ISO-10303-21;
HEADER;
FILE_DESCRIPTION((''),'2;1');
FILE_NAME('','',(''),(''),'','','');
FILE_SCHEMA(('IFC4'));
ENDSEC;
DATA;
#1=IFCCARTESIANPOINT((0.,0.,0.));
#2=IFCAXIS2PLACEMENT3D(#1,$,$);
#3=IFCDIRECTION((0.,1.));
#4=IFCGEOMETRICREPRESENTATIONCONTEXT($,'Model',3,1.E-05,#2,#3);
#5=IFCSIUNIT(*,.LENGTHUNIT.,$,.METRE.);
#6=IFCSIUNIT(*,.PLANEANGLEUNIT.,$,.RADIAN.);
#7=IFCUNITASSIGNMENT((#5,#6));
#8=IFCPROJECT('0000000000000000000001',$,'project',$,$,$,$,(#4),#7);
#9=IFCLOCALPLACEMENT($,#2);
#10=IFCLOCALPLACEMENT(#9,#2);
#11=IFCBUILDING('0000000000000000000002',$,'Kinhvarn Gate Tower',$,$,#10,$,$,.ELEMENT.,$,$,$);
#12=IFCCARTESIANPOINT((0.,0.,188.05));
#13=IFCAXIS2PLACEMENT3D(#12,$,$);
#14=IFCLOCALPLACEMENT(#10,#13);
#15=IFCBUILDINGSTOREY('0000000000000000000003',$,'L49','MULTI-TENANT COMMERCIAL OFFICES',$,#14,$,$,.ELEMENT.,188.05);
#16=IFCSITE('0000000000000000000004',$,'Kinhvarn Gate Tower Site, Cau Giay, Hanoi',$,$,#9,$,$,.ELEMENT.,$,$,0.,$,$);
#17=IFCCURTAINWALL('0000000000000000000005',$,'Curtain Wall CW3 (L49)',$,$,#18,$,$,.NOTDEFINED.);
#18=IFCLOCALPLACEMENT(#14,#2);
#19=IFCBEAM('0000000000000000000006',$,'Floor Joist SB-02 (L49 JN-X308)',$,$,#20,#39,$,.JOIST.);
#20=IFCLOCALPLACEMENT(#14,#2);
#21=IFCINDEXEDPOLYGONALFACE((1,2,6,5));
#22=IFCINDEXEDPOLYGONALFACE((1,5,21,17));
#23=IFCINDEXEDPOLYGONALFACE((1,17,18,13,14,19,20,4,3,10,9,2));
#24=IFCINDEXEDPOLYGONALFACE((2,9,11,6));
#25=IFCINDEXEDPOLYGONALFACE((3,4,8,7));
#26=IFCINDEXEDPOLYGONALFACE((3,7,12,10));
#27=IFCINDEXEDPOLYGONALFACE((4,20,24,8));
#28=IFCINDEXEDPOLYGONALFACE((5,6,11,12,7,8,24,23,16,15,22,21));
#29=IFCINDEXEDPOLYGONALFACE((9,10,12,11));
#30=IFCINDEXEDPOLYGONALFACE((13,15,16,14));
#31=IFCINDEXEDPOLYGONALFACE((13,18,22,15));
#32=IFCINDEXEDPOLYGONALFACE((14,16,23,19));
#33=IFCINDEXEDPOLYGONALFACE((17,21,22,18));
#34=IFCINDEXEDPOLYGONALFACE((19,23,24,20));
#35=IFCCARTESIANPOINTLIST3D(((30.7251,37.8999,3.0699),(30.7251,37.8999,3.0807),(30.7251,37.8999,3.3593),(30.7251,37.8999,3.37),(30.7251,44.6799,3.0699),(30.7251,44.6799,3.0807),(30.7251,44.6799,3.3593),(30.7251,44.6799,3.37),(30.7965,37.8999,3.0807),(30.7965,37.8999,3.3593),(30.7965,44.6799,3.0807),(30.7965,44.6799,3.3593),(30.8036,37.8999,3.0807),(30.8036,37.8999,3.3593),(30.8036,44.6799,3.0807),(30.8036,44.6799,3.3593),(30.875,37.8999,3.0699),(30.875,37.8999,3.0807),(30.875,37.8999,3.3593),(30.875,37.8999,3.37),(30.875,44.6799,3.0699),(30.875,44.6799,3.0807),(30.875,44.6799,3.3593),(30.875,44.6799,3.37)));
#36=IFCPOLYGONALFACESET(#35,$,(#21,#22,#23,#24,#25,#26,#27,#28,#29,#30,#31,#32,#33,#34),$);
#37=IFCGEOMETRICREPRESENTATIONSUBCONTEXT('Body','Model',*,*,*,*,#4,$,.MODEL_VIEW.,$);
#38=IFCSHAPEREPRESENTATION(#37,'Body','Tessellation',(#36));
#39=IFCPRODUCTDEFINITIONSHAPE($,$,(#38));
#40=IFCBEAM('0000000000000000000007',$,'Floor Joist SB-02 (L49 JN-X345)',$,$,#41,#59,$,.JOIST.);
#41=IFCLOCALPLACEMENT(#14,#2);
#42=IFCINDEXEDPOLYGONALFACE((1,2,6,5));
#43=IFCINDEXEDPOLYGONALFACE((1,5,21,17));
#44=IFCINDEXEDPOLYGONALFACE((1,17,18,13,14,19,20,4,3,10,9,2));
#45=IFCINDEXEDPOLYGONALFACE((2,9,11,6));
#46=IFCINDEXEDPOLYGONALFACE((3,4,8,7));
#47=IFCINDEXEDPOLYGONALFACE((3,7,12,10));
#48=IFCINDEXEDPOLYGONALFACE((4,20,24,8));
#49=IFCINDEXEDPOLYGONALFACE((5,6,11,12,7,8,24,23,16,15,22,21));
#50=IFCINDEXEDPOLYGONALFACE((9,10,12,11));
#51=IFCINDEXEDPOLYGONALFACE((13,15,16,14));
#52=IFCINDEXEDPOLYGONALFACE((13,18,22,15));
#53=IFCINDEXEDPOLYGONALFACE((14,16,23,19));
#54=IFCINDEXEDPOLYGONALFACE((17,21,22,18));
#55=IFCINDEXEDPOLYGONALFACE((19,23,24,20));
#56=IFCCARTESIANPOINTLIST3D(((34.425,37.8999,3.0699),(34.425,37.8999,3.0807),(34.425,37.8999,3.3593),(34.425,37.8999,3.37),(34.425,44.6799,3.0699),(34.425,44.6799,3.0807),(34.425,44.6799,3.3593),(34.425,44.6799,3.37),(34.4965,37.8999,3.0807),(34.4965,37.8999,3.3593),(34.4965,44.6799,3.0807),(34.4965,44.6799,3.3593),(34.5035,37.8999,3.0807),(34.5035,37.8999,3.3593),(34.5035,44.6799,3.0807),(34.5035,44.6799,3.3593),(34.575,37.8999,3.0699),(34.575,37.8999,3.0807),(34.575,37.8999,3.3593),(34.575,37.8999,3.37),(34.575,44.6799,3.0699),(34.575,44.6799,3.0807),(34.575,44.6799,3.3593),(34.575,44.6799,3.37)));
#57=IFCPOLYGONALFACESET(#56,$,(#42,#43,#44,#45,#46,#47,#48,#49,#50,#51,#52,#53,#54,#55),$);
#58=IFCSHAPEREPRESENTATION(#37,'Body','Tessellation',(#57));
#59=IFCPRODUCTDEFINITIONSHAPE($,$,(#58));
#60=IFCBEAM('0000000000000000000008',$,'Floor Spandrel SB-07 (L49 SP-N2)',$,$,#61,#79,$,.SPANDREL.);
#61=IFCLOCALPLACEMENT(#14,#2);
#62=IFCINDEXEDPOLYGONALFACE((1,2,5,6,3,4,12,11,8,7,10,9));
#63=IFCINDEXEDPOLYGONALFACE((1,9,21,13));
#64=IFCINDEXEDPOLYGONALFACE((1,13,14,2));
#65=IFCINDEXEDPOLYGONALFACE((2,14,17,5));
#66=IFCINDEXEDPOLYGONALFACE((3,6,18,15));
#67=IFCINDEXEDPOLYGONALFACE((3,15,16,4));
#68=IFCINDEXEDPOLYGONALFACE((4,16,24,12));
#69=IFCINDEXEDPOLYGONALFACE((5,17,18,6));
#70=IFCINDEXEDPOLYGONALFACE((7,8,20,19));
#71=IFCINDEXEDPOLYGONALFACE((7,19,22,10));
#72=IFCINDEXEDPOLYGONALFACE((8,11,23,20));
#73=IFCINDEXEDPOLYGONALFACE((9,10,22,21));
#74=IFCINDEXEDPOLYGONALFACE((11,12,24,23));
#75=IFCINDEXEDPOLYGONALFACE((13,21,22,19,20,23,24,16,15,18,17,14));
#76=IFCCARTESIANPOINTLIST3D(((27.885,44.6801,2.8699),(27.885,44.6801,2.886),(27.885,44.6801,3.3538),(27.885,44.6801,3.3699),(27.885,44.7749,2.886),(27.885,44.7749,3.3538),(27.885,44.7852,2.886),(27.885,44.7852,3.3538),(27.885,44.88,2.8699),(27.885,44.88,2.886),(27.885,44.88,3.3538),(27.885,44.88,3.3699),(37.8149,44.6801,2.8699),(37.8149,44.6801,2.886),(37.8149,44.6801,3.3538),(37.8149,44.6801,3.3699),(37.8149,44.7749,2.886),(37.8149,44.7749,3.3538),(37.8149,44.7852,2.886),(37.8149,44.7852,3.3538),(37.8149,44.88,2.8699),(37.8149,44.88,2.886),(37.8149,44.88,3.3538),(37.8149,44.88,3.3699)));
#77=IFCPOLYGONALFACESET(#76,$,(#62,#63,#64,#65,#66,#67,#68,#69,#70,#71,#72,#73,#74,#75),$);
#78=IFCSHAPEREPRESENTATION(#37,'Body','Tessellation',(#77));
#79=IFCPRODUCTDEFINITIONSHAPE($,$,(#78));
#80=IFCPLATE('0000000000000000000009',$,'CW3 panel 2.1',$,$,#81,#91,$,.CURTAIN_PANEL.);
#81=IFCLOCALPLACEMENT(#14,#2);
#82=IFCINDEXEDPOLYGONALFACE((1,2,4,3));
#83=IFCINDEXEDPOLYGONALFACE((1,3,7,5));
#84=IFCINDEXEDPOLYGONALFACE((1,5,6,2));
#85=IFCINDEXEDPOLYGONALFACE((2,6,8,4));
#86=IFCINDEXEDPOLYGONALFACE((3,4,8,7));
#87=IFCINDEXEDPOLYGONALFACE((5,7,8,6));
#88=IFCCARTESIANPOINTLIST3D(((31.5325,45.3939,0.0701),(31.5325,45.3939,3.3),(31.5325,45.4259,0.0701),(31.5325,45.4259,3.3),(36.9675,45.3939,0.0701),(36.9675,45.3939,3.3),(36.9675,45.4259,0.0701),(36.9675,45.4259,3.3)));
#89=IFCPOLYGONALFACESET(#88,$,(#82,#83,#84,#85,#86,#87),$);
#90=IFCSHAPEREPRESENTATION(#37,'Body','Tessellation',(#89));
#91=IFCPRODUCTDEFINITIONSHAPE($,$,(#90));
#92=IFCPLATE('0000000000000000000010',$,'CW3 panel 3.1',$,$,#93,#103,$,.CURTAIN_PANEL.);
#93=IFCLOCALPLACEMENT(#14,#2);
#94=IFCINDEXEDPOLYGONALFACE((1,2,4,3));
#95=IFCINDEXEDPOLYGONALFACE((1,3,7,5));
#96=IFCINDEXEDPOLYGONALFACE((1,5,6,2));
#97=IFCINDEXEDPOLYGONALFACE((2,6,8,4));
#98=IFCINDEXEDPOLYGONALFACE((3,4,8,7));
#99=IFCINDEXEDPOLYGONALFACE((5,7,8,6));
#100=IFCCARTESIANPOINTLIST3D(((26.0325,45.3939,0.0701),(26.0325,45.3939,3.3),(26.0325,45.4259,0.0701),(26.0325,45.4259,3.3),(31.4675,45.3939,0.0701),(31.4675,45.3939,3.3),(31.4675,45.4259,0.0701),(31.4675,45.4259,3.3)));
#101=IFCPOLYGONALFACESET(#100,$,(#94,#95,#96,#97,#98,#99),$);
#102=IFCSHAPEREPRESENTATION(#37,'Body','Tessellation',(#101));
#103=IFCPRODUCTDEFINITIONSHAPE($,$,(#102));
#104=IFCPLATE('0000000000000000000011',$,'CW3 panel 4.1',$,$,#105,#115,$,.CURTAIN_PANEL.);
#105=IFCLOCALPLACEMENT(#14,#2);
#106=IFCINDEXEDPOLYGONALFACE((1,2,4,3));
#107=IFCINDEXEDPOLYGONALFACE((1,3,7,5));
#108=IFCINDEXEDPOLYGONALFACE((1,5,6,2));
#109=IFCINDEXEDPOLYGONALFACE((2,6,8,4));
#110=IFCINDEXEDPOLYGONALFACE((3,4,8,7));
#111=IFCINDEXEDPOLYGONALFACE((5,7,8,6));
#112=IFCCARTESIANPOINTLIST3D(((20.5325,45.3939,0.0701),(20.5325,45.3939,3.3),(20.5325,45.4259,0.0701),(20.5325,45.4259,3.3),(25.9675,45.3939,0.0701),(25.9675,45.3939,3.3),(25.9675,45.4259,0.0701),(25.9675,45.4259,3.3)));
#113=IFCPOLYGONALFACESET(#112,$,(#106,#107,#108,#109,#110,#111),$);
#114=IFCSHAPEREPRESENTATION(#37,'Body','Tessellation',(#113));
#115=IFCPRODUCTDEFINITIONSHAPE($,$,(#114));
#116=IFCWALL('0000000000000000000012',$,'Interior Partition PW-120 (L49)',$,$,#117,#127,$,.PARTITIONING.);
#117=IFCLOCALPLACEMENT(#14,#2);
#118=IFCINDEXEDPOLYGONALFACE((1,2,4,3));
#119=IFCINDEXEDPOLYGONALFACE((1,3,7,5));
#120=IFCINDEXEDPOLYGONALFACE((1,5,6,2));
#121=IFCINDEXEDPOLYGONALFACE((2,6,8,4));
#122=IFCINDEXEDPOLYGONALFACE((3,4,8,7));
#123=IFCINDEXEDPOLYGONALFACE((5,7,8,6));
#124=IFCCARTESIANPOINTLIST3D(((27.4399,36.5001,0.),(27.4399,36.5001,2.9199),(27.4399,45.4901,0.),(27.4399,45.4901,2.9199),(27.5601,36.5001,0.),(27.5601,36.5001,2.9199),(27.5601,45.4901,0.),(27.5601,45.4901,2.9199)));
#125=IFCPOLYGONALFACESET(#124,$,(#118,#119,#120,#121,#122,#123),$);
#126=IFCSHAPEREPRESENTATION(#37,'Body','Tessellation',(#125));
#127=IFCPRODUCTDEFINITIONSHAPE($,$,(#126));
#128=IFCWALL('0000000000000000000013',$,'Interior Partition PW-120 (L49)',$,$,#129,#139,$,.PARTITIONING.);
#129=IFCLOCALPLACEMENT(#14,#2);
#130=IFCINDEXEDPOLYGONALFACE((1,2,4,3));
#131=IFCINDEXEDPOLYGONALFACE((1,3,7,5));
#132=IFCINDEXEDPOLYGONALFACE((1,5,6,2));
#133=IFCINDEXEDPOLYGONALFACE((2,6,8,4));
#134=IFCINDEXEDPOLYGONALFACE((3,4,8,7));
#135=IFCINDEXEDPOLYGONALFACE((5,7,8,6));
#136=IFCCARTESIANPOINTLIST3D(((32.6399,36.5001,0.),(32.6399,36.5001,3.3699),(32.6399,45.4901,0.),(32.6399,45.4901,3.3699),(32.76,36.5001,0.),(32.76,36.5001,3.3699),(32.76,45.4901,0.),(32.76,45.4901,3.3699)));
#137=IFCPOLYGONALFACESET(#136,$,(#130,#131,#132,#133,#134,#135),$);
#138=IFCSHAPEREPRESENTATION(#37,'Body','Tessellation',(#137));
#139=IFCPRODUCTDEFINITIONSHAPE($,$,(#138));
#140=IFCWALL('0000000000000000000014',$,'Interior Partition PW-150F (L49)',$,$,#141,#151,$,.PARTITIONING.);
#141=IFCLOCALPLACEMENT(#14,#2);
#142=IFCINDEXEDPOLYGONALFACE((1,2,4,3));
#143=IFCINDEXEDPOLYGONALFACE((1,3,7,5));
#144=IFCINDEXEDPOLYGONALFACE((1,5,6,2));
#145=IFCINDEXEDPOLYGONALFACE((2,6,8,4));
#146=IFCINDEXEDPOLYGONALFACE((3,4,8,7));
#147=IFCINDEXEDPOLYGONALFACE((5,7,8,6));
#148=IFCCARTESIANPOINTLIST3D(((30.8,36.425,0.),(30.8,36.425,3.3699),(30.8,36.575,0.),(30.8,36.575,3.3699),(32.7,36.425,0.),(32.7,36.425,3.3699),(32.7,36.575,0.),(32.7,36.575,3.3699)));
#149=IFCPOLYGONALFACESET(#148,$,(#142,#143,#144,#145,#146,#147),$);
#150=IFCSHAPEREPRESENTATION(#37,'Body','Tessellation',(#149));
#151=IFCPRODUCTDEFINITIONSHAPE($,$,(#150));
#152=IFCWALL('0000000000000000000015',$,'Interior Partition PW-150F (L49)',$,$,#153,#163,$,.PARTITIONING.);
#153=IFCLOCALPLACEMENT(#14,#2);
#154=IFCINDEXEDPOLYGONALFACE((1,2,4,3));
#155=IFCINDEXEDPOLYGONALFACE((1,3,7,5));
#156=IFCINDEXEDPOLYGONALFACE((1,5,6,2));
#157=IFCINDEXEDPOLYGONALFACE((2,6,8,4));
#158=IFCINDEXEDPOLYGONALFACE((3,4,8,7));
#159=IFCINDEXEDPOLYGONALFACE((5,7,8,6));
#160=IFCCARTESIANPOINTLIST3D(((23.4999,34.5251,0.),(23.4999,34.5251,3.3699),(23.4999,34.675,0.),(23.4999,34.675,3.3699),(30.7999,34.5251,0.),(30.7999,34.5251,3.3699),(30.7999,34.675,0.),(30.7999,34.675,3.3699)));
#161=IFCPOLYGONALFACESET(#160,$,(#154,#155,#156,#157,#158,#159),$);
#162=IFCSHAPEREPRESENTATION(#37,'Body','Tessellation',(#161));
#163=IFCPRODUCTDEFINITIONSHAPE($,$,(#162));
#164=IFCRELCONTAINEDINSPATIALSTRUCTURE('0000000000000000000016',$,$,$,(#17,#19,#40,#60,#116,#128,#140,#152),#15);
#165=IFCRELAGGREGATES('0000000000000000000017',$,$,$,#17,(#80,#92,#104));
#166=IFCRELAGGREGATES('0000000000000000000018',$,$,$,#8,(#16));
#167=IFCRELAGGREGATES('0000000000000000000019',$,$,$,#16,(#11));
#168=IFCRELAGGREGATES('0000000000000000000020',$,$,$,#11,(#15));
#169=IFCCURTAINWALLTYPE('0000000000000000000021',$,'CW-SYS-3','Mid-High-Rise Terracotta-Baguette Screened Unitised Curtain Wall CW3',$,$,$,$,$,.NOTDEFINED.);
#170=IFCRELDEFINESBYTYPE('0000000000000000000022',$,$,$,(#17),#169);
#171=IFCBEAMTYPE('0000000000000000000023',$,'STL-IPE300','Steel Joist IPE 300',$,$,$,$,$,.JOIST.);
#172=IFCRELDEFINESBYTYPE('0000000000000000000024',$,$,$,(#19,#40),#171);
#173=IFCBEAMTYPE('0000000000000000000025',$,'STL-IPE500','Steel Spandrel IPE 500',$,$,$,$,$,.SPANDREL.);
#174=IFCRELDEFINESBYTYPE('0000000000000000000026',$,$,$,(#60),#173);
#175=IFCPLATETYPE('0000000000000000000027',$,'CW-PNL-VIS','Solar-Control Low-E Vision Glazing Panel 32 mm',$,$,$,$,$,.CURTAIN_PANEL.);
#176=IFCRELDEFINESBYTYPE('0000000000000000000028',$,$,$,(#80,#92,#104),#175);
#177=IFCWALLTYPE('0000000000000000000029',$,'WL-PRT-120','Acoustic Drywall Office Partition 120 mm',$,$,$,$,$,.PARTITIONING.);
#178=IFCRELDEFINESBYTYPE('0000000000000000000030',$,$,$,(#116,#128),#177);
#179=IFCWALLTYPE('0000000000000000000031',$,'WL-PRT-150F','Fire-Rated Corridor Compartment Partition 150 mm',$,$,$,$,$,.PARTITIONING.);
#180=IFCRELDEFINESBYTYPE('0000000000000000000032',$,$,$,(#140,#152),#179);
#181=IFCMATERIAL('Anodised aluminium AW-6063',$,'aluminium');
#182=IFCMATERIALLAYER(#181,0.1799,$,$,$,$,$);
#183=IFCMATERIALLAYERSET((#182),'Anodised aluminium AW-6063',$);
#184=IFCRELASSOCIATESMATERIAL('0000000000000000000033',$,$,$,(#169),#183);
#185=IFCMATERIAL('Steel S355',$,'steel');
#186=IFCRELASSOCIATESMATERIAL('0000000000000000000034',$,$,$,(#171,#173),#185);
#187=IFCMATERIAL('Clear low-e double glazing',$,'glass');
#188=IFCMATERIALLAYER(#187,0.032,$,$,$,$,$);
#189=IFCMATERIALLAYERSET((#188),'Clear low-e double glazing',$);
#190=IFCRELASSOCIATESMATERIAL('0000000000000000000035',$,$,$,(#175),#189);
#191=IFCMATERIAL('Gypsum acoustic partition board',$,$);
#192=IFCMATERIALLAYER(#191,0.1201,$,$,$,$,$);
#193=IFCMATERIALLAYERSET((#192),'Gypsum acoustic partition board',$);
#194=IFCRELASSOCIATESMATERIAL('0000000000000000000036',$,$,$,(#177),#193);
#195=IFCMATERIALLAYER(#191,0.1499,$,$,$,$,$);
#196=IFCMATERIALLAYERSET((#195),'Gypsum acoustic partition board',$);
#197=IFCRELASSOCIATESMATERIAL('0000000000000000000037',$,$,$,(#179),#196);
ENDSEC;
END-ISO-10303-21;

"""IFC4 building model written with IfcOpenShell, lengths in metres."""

from ifc_helpers import new_model, si_unit, direction, frame, frame_2d, origin, origin_2d, place, context, subcontext, project, spatial, rectangle, i_section, extrude, material, layer, layer_set, material_profile, profile_set, type_object, element, aggregate, save


model = new_model("IFC4")

# Units and contexts
model_context = context("Model", 3, precision=1e-05, world=origin(), true_north=direction((0.0, 1.0)))
body_context = subcontext(model_context, "Body", "Model", "MODEL_VIEW")
ifc_project = project(units=[si_unit("LENGTHUNIT", "METRE"), si_unit("PLANEANGLEUNIT", "RADIAN")], contexts=[model_context])

# Site, building, storey
site_placement = place(None, origin())
site = spatial("IfcSite", under=ifc_project, at=site_placement, Name="Kinhvarn Gate Tower Site, Cau Giay, Hanoi", CompositionType="ELEMENT", RefElevation=0.0)
building_placement = place(site_placement, origin())
building = spatial("IfcBuilding", under=site, at=building_placement, Name="Kinhvarn Gate Tower", CompositionType="ELEMENT")
storey_placement = place(building_placement, frame((0.0, 0.0, 188.05)))
storey = spatial("IfcBuildingStorey", under=building, at=storey_placement, Name="L49", Description="MULTI-TENANT COMMERCIAL OFFICES", CompositionType="ELEMENT", Elevation=188.05)

# Curtain wall
ifc_material_1 = material(Name="Anodised aluminium AW-6063", Category="aluminium")
ifc_layer_1 = layer(ifc_material_1, 0.1799)
ifc_layer_set_1 = layer_set([ifc_layer_1], Name="Anodised aluminium AW-6063")
curtain_wall_type = type_object("IfcCurtainWallType", Name="CW-SYS-3", Description="Mid-High-Rise Terracotta-Baguette Screened Unitised Curtain Wall CW3", PredefinedType="NOTDEFINED", material=ifc_layer_set_1)
curtain_wall_placement = place(storey_placement, origin())
curtain_wall = element("IfcCurtainWall", 1, at=curtain_wall_placement, inside=storey, type_object=curtain_wall_type, Name="Curtain Wall CW3 (L49)", PredefinedType="NOTDEFINED")

# Beams
ifc_material_2 = material(Name="Steel S355", Category="steel")
ifc_material_profile_1 = material_profile(ifc_material_2, i_section(OverallWidth=0.1499, OverallDepth=0.3, WebThickness=0.0071, FlangeThickness=0.0107, at=origin_2d()), Name="IPE 300")
ifc_profile_set_1 = profile_set([ifc_material_profile_1], Name="Steel S355")
beam_type_1 = type_object("IfcBeamType", Name="STL-IPE300", Description="Steel Joist IPE 300", PredefinedType="JOIST", material=ifc_profile_set_1)
for number, where, z_axis, x_axis, name in (
    (2, (30.8, 37.8999, 3.22), (0.0, 1.0, 0.0), (-1.0, 0.0, 0.0), "Floor Joist SB-02 (L49 JN-X308)"),
    (3, (34.5, 37.8999, 3.22), (0.0, 1.0, 0.0), (-1.0, 0.0, 0.0), "Floor Joist SB-02 (L49 JN-X345)"),
):
    element("IfcBeam", number, at=place(storey_placement, frame(where, z_axis=z_axis, x_axis=x_axis)), inside=storey, type_object=beam_type_1, Name=name, PredefinedType="JOIST", context=body_context, shape_type="SweptSolid", body=[
        extrude(i_section(OverallWidth=0.1499, OverallDepth=0.3, WebThickness=0.0071, FlangeThickness=0.0107, at=origin_2d()), origin(), (0.0, 0.0, 1.0), 6.78),
    ])
ifc_material_profile_2 = material_profile(ifc_material_2, i_section(OverallWidth=0.2, OverallDepth=0.5, WebThickness=0.0103, FlangeThickness=0.0161, at=origin_2d()), Name="IPE 500")
ifc_profile_set_2 = profile_set([ifc_material_profile_2], Name="Steel S355")
beam_type_2 = type_object("IfcBeamType", Name="STL-IPE500", Description="Steel Spandrel IPE 500", PredefinedType="SPANDREL", material=ifc_profile_set_2)
beam_1_placement = place(storey_placement, frame((27.885, 44.78, 3.1199), z_axis=(1.0, 0.0, 0.0), x_axis=(0.0, 1.0, 0.0)))
element("IfcBeam", 4, at=beam_1_placement, inside=storey, type_object=beam_type_2, Name="Floor Spandrel SB-07 (L49 SP-N2)", PredefinedType="SPANDREL", context=body_context, shape_type="SweptSolid", body=[
    extrude(i_section(OverallWidth=0.2, OverallDepth=0.5, WebThickness=0.0103, FlangeThickness=0.0161, at=origin_2d()), origin(), (0.0, 0.0, 1.0), 9.9299),
])

# Plates
ifc_material_3 = material(Name="Clear low-e double glazing", Category="glass")
ifc_layer_2 = layer(ifc_material_3, 0.032)
ifc_layer_set_2 = layer_set([ifc_layer_2], Name="Clear low-e double glazing")
plate_type = type_object("IfcPlateType", Name="CW-PNL-VIS", Description="Solar-Control Low-E Vision Glazing Panel 32 mm", PredefinedType="CURTAIN_PANEL", material=ifc_layer_set_2)
plate_1_placement = place(storey_placement, frame((34.25, 45.4099, 0.0701), z_axis=(0.0, 0.0, 1.0), x_axis=(-1.0, 0.0, 0.0)))
plate_1 = element("IfcPlate", 5, at=plate_1_placement, type_object=plate_type, Name="CW3 panel 2.1", PredefinedType="CURTAIN_PANEL", context=body_context, shape_type="SweptSolid", body=[
    extrude(rectangle(XDim=5.4351, YDim=0.032, at=origin_2d()), origin(), (0.0, 0.0, 1.0), 3.23),
])
plate_2_placement = place(storey_placement, frame((28.75, 45.4099, 0.0701), z_axis=(0.0, 0.0, 1.0), x_axis=(-1.0, 0.0, 0.0)))
plate_2 = element("IfcPlate", 6, at=plate_2_placement, type_object=plate_type, Name="CW3 panel 3.1", PredefinedType="CURTAIN_PANEL", context=body_context, shape_type="SweptSolid", body=[
    extrude(rectangle(XDim=5.4351, YDim=0.032, at=origin_2d()), origin(), (0.0, 0.0, 1.0), 3.23),
])
plate_3_placement = place(storey_placement, frame((23.25, 45.4099, 0.0701), z_axis=(0.0, 0.0, 1.0), x_axis=(-1.0, 0.0, 0.0)))
plate_3 = element("IfcPlate", 7, at=plate_3_placement, type_object=plate_type, Name="CW3 panel 4.1", PredefinedType="CURTAIN_PANEL", context=body_context, shape_type="SweptSolid", body=[
    extrude(rectangle(XDim=5.4351, YDim=0.032, at=origin_2d()), origin(), (0.0, 0.0, 1.0), 3.23),
])
aggregate(curtain_wall, [plate_1, plate_2, plate_3])

# Walls
ifc_material_4 = material(Name="Gypsum acoustic partition board")
ifc_layer_3 = layer(ifc_material_4, 0.1201)
ifc_layer_set_3 = layer_set([ifc_layer_3], Name="Gypsum acoustic partition board")
wall_type_1 = type_object("IfcWallType", Name="WL-PRT-120", Description="Acoustic Drywall Office Partition 120 mm", PredefinedType="PARTITIONING", material=ifc_layer_set_3)
wall_1_placement = place(storey_placement, frame((27.5, 36.5, 0.0), z_axis=(0.0, 0.0, 1.0), x_axis=(0.0, 1.0, 0.0)))
element("IfcWall", 8, at=wall_1_placement, inside=storey, type_object=wall_type_1, Name="Interior Partition PW-120 (L49)", PredefinedType="PARTITIONING", context=body_context, shape_type="SweptSolid", body=[
    extrude(rectangle(XDim=8.99, YDim=0.1201, at=frame_2d((4.4951, 0.0))), origin(), (0.0, 0.0, 1.0), 2.9199),
])
wall_2_placement = place(storey_placement, frame((32.7, 36.5, 0.0), z_axis=(0.0, 0.0, 1.0), x_axis=(0.0, 1.0, 0.0)))
element("IfcWall", 9, at=wall_2_placement, inside=storey, type_object=wall_type_1, Name="Interior Partition PW-120 (L49)", PredefinedType="PARTITIONING", context=body_context, shape_type="SweptSolid", body=[
    extrude(rectangle(XDim=8.99, YDim=0.1201, at=frame_2d((4.4951, 0.0))), origin(), (0.0, 0.0, 1.0), 3.3699),
])
ifc_layer_4 = layer(ifc_material_4, 0.1499)
ifc_layer_set_4 = layer_set([ifc_layer_4], Name="Gypsum acoustic partition board")
wall_type_2 = type_object("IfcWallType", Name="WL-PRT-150F", Description="Fire-Rated Corridor Compartment Partition 150 mm", PredefinedType="PARTITIONING", material=ifc_layer_set_4)
wall_3_placement = place(storey_placement, frame((30.8, 36.5, 0.0), z_axis=(0.0, 0.0, 1.0), x_axis=(1.0, 0.0, 0.0)))
element("IfcWall", 10, at=wall_3_placement, inside=storey, type_object=wall_type_2, Name="Interior Partition PW-150F (L49)", PredefinedType="PARTITIONING", context=body_context, shape_type="SweptSolid", body=[
    extrude(rectangle(XDim=1.8999, YDim=0.1499, at=frame_2d((0.95, 0.0))), origin(), (0.0, 0.0, 1.0), 3.3699),
])
wall_4_placement = place(storey_placement, frame((23.5, 34.6001, 0.0), z_axis=(0.0, 0.0, 1.0), x_axis=(1.0, 0.0, 0.0)))
element("IfcWall", 11, at=wall_4_placement, inside=storey, type_object=wall_type_2, Name="Interior Partition PW-150F (L49)", PredefinedType="PARTITIONING", context=body_context, shape_type="SweptSolid", body=[
    extrude(rectangle(XDim=7.3, YDim=0.1499, at=frame_2d((3.6499, 0.0))), origin(), (0.0, 0.0, 1.0), 3.3699),
])

save(model, "model.ifc")
